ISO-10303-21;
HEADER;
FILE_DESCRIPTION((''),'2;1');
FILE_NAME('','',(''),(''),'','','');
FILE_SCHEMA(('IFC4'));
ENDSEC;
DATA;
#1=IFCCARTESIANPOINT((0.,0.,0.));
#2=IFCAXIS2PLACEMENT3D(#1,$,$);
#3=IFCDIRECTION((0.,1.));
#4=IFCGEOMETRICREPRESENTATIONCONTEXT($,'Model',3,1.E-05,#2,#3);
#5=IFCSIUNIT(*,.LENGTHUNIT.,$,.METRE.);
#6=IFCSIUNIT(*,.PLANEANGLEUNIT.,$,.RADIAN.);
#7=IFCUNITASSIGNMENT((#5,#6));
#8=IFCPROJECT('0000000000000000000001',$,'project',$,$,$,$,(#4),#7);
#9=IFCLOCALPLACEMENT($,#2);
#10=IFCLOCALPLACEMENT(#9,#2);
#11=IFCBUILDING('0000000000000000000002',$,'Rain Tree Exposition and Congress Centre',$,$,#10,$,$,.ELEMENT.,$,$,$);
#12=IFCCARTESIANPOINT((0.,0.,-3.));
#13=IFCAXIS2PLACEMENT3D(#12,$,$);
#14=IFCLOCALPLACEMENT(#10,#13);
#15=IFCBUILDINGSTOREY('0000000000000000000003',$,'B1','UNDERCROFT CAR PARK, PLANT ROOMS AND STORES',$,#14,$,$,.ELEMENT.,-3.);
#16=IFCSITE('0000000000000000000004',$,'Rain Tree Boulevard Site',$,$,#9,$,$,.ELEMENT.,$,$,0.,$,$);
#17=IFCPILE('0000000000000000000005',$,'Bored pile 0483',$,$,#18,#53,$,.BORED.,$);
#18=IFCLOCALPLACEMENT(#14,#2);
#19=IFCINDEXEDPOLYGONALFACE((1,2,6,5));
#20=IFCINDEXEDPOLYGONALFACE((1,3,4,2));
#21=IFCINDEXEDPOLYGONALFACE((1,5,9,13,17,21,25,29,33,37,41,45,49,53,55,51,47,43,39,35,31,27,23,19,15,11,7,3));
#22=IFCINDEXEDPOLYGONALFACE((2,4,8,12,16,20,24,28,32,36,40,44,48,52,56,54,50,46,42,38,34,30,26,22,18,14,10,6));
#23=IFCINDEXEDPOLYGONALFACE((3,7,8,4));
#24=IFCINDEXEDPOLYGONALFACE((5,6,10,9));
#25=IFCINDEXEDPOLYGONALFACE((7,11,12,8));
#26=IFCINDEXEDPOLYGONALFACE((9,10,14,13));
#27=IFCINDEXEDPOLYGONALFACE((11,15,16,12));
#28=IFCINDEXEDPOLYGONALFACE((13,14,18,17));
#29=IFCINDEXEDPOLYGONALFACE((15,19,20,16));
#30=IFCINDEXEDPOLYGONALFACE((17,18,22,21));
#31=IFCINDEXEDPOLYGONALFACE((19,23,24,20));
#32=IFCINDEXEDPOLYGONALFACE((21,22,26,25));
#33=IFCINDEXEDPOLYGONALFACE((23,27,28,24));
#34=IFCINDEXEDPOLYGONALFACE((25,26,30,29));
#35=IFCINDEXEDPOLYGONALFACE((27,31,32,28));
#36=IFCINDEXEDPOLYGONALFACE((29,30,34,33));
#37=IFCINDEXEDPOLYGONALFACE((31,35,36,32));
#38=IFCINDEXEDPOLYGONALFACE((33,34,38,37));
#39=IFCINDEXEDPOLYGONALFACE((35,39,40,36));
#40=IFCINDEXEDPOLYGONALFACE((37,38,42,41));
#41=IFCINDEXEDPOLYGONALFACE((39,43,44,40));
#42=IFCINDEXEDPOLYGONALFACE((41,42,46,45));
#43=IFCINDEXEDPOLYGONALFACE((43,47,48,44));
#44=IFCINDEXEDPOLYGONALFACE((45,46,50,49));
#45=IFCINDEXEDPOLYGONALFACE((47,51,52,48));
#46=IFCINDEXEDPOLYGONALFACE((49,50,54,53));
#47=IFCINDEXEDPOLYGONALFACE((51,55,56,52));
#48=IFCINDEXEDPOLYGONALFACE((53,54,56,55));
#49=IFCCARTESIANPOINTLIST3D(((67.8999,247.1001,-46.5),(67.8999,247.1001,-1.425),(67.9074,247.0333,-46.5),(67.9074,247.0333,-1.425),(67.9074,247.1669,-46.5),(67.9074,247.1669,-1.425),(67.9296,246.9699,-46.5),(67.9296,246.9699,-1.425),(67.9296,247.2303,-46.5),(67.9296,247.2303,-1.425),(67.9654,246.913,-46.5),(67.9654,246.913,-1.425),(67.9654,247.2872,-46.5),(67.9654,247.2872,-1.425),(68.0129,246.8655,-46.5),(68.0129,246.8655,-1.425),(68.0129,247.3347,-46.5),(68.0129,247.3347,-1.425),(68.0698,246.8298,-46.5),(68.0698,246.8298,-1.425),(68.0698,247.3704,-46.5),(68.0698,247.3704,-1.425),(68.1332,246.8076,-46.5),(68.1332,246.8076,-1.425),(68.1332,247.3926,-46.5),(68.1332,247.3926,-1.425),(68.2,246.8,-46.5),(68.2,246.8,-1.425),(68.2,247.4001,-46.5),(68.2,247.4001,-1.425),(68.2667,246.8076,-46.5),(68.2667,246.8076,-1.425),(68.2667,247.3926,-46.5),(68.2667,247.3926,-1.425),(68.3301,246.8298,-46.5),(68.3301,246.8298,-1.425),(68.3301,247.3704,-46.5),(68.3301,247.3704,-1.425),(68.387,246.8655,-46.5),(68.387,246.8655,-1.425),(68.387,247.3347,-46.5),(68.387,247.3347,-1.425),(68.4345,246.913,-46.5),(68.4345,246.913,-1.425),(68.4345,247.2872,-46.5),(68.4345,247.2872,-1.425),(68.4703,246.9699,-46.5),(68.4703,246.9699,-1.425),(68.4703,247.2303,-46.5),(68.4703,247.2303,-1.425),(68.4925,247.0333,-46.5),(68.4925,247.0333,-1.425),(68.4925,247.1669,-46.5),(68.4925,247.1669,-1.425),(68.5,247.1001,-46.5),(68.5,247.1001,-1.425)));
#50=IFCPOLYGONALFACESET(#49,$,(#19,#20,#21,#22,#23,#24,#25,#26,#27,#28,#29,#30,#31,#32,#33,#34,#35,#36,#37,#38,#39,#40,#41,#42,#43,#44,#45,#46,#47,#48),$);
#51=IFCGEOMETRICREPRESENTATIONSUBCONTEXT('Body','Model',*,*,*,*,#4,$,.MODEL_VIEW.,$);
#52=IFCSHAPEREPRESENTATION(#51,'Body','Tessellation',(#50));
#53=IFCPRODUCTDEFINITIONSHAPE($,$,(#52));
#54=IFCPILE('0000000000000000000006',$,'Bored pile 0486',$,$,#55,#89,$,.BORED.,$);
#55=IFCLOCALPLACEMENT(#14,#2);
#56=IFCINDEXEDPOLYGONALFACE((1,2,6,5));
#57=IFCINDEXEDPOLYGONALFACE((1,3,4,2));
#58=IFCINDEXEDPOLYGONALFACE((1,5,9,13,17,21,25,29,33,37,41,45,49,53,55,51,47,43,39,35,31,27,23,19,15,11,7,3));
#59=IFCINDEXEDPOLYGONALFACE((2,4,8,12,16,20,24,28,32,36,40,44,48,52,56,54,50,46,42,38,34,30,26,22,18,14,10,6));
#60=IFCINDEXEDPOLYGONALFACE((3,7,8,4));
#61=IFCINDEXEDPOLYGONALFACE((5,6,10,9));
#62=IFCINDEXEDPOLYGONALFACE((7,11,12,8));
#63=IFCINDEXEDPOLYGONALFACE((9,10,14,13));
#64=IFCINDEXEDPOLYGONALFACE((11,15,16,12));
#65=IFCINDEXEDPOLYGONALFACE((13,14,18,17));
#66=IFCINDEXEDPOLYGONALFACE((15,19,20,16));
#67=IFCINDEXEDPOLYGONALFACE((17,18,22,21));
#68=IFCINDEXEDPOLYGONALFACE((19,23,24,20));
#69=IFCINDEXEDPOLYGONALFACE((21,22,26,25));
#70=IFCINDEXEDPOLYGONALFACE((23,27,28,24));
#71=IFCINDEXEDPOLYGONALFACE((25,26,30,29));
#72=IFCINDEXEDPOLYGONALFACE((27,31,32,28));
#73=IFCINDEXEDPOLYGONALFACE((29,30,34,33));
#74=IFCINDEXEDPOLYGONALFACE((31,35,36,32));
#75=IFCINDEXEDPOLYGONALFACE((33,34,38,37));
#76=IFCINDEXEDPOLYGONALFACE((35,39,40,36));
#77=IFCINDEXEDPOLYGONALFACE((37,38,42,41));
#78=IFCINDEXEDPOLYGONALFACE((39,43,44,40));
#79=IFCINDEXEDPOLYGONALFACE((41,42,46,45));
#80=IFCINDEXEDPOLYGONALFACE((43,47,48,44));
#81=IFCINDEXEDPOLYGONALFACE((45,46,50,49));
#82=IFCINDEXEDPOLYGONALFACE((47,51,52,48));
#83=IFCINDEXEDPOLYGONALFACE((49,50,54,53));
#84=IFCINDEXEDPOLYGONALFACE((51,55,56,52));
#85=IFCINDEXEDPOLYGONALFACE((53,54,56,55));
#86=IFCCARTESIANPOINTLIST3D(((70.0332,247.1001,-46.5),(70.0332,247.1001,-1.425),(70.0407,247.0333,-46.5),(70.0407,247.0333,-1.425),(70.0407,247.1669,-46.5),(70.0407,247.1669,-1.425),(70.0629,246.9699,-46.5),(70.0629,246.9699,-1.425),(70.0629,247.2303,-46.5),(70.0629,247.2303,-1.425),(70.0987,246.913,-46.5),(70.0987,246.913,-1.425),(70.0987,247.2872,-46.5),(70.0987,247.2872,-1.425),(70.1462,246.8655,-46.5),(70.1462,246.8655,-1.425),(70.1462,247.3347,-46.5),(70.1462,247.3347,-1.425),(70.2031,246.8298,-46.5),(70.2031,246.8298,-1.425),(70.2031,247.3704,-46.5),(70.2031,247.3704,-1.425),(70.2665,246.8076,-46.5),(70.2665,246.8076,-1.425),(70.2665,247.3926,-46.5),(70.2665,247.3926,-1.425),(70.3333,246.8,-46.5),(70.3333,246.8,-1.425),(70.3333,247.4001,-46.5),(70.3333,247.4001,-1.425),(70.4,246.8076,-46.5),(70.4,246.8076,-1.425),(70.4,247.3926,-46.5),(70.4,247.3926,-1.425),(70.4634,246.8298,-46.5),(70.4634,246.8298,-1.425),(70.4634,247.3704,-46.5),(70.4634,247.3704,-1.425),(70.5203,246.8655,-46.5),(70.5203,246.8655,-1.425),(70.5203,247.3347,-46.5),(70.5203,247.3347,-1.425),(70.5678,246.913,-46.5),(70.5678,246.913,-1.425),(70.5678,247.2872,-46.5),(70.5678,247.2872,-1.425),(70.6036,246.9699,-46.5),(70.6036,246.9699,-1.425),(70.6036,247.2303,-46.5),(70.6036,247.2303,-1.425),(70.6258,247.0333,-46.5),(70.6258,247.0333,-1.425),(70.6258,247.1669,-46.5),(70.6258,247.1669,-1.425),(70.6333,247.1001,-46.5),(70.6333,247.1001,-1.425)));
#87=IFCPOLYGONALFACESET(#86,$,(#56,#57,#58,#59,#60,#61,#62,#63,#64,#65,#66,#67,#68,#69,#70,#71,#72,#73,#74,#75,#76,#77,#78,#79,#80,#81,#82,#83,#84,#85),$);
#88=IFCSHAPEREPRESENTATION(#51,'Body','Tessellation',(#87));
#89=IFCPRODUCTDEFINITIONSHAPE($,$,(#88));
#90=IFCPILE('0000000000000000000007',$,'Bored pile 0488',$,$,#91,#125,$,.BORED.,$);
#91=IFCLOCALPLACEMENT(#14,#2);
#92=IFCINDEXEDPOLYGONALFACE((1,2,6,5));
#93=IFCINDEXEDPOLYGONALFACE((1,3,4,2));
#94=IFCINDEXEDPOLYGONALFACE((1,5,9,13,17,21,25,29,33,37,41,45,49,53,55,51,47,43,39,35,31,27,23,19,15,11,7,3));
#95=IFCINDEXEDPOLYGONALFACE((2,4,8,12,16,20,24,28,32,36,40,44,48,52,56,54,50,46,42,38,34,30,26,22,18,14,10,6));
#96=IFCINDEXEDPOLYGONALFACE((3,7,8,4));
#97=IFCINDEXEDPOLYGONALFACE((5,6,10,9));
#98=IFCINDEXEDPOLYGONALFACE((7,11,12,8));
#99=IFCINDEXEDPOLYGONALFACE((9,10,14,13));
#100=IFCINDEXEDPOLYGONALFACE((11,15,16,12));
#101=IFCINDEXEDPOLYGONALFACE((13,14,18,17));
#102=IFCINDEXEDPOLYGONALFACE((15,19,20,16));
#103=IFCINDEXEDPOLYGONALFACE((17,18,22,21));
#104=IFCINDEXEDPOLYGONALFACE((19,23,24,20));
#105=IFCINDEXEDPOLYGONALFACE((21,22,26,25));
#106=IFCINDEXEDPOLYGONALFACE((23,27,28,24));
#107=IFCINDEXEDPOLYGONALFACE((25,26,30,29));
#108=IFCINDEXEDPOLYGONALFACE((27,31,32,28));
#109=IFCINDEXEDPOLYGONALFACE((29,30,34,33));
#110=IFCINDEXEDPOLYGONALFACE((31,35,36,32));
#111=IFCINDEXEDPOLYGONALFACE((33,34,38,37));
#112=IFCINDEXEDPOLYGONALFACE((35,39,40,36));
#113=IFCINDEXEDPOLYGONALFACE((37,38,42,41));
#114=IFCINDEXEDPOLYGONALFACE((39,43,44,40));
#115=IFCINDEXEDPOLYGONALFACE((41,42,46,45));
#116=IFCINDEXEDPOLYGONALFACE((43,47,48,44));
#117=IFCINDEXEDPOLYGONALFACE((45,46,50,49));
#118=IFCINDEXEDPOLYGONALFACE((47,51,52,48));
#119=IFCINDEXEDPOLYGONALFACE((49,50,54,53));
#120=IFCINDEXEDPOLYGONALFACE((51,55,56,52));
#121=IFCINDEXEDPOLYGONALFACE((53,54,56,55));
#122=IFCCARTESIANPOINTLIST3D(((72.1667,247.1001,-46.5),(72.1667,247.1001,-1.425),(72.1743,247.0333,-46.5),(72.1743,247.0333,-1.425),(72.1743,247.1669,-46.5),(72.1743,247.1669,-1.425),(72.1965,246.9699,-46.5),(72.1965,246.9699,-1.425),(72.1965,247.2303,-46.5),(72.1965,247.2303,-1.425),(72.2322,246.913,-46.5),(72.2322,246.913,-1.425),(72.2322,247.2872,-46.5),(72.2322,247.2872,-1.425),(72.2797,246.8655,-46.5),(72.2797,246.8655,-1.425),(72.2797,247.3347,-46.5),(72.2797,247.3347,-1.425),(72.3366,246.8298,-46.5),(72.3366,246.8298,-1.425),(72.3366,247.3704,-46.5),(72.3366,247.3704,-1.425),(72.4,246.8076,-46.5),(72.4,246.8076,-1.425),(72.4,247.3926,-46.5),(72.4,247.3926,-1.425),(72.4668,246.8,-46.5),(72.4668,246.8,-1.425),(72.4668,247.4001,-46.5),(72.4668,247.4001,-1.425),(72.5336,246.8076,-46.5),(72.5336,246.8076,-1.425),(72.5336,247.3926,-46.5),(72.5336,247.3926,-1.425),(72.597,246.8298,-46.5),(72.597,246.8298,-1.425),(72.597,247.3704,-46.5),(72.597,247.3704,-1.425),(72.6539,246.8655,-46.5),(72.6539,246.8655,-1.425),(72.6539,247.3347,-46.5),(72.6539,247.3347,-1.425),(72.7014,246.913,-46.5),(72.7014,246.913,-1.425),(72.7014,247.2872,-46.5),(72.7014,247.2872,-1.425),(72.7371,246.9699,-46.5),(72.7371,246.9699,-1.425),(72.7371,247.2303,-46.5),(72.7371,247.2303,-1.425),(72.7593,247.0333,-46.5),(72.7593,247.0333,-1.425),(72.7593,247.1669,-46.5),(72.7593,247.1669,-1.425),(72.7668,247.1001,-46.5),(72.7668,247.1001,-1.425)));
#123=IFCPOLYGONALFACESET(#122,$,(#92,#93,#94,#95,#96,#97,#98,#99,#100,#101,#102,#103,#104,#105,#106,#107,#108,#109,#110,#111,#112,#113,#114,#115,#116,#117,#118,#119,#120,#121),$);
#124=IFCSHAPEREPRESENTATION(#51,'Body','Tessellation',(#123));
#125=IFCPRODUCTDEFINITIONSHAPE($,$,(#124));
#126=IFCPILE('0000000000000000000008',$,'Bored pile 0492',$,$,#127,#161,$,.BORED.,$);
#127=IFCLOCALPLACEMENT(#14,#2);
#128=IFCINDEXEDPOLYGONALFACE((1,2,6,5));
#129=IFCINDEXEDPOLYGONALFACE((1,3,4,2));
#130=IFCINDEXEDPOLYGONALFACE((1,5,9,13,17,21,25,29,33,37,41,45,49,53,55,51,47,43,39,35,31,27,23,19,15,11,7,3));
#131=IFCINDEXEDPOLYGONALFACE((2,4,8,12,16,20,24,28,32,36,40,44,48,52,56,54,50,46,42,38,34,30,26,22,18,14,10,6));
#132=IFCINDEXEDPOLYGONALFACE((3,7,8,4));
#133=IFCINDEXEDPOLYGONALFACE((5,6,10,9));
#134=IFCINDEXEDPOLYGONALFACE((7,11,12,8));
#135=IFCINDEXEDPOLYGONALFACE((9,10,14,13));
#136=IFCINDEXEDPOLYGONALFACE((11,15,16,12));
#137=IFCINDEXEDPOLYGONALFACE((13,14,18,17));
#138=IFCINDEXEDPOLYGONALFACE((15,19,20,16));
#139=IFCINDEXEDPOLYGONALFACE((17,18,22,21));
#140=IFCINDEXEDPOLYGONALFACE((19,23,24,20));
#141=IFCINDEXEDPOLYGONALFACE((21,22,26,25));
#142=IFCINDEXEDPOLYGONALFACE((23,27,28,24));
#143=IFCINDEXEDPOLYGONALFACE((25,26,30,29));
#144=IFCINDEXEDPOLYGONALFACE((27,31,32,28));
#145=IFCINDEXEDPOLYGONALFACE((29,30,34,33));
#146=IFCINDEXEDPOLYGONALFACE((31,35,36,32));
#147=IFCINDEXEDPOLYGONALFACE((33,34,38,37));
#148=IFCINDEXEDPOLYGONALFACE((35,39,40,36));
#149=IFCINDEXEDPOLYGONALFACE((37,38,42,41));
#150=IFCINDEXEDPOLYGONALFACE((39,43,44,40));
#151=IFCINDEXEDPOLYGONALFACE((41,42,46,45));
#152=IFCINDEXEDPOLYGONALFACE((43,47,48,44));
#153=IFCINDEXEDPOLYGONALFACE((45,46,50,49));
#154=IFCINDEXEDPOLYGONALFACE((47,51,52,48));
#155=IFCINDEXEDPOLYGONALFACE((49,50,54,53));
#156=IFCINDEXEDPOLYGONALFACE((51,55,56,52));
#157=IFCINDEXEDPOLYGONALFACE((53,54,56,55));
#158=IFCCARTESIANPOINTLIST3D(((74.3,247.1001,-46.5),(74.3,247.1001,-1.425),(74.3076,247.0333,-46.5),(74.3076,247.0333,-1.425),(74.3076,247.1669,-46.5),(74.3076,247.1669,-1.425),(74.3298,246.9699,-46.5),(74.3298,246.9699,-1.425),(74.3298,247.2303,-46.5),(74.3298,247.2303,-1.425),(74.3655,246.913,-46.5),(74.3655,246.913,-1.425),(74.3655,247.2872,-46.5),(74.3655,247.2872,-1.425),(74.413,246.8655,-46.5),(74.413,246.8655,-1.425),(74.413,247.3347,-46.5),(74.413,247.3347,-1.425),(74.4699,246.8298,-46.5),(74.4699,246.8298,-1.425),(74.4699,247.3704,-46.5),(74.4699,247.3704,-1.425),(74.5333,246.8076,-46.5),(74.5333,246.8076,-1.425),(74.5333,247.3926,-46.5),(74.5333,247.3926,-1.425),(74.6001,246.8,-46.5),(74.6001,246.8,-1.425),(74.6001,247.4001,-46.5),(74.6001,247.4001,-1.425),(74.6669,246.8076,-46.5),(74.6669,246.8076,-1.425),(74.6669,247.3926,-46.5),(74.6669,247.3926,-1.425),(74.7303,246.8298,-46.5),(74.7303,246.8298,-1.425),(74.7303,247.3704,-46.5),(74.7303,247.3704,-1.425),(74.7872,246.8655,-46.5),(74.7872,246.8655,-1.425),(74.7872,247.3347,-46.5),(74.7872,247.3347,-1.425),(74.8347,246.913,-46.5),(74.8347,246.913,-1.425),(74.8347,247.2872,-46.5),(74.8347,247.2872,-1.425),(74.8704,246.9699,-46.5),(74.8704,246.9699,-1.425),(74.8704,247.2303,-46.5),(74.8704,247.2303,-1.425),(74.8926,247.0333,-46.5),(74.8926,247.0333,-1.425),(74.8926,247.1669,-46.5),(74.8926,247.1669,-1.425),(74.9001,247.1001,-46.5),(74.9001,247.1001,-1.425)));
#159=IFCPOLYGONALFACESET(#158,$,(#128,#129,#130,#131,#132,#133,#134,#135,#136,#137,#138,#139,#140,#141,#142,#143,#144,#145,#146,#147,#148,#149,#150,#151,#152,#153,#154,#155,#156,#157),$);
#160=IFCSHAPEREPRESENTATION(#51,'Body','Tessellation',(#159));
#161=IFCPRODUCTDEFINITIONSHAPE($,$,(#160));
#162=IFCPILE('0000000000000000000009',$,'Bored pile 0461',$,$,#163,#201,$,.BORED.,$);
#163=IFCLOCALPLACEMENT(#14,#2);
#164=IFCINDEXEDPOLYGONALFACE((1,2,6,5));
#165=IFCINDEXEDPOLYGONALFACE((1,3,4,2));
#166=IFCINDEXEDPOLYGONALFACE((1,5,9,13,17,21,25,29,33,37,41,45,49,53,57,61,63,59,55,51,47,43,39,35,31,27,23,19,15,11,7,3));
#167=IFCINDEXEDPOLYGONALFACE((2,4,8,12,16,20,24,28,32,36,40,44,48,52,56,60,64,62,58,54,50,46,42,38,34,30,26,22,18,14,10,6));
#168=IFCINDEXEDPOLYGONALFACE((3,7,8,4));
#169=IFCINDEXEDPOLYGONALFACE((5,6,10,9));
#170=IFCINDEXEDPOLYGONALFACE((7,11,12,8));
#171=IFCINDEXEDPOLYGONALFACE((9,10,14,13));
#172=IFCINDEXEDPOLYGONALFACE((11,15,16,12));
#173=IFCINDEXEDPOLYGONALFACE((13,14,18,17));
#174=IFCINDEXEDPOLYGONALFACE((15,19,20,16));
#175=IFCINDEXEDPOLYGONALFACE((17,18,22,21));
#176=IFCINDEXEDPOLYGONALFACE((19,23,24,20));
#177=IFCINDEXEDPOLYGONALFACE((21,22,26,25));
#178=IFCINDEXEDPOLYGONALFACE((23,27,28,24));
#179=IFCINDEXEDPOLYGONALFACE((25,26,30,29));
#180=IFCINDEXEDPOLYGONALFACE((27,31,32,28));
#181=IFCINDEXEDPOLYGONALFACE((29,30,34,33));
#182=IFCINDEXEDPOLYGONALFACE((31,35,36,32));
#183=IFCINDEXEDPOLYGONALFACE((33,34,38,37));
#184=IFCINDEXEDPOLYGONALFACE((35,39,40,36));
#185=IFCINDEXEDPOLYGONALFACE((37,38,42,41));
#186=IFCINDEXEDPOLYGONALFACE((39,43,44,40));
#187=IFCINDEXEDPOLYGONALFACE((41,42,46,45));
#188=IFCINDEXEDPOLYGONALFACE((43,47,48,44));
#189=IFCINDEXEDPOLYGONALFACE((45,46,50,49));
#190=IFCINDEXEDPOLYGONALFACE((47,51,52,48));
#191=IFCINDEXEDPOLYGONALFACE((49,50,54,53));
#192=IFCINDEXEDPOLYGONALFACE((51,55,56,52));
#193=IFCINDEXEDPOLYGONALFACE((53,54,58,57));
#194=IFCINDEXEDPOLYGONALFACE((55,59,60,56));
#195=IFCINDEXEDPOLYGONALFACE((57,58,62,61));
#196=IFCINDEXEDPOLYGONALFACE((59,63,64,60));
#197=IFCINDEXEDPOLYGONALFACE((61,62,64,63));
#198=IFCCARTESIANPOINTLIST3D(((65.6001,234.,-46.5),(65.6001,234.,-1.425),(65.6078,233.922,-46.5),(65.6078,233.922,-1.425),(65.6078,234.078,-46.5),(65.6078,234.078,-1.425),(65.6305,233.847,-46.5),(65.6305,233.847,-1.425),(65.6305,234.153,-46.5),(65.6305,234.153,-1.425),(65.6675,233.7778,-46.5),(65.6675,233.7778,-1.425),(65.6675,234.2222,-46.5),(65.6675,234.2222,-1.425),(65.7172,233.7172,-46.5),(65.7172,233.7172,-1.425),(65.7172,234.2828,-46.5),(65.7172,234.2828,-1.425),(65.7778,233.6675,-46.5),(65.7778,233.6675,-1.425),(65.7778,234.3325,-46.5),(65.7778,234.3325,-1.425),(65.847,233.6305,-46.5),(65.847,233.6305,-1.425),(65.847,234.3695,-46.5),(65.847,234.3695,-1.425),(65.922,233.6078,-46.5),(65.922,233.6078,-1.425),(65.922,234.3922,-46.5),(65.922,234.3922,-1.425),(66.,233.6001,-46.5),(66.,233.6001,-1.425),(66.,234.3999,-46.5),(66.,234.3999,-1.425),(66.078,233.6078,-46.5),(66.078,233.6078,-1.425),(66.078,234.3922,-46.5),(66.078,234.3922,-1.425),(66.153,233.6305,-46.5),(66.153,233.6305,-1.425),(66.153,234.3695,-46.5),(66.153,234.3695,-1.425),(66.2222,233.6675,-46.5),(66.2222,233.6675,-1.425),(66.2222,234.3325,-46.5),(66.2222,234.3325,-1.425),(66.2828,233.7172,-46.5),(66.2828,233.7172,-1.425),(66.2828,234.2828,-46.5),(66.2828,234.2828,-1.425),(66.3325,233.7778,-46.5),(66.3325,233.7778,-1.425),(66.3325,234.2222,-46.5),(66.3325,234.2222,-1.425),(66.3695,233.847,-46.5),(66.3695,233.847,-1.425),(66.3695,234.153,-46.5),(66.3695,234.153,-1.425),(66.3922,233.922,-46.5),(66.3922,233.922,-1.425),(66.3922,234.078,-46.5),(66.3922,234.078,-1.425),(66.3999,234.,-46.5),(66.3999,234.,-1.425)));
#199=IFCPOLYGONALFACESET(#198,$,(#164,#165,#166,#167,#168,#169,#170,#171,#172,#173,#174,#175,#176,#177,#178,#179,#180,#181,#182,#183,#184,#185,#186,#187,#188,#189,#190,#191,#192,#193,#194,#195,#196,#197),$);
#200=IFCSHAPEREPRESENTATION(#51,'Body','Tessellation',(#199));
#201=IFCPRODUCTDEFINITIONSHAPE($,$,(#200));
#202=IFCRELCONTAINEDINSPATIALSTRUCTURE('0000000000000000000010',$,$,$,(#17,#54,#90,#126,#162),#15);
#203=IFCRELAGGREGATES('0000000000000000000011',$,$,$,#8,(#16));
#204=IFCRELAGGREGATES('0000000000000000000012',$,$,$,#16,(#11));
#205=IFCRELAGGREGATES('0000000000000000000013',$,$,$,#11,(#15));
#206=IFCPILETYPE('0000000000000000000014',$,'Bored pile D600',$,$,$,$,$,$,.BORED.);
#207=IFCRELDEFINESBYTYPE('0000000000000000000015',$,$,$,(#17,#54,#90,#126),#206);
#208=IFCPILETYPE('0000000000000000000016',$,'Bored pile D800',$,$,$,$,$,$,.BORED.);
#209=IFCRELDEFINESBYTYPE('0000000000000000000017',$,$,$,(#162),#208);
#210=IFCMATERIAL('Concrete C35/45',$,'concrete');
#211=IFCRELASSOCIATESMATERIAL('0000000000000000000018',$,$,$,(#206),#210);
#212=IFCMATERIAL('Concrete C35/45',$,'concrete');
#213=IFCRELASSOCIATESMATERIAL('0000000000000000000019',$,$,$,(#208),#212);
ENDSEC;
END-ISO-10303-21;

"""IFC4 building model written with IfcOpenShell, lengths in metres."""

from ifc_helpers import new_model, si_unit, direction, frame, origin, origin_2d, place, context, subcontext, project, spatial, circle, extrude, material, material_profile, profile_set, type_object, element, save


model = new_model("IFC4")

# Units and contexts
model_context = context("Model", 3, precision=1e-05, world=origin(), true_north=direction((0.0, 1.0)))
body_context = subcontext(model_context, "Body", "Model", "MODEL_VIEW")
ifc_project = project(units=[si_unit("LENGTHUNIT", "METRE"), si_unit("PLANEANGLEUNIT", "RADIAN")], contexts=[model_context])

# Site, building, storey
site_placement = place(None, origin())
site = spatial("IfcSite", under=ifc_project, at=site_placement, Name="Rain Tree Boulevard Site", CompositionType="ELEMENT", RefElevation=0.0)
building_placement = place(site_placement, origin())
building = spatial("IfcBuilding", under=site, at=building_placement, Name="Rain Tree Exposition and Congress Centre", CompositionType="ELEMENT")
storey_placement = place(building_placement, frame((0.0, 0.0, -3.0)))
storey = spatial("IfcBuildingStorey", under=building, at=storey_placement, Name="B1", Description="UNDERCROFT CAR PARK, PLANT ROOMS AND STORES", CompositionType="ELEMENT", Elevation=-3.0)

# Piles
ifc_material_1 = material(Name="Concrete C35/45", Category="concrete")
ifc_material_profile_1 = material_profile(ifc_material_1, circle(Radius=0.3, at=origin_2d()), Name="D600")
ifc_profile_set_1 = profile_set([ifc_material_profile_1], Name="Concrete C35/45")
pile_type_1 = type_object("IfcPileType", Name="Bored pile D600", PredefinedType="BORED", material=ifc_profile_set_1)
for number, where, z_axis, x_axis, name in (
    (1, (68.2, 247.1001, -1.425), (0.0, 0.0, -1.0), (1.0, 0.0, 0.0), "Bored pile 0483"),
    (2, (70.3333, 247.1001, -1.425), (0.0, 0.0, -1.0), (1.0, 0.0, 0.0), "Bored pile 0486"),
    (3, (72.4668, 247.1001, -1.425), (0.0, 0.0, -1.0), (1.0, 0.0, 0.0), "Bored pile 0488"),
    (4, (74.6001, 247.1001, -1.425), (0.0, 0.0, -1.0), (1.0, 0.0, 0.0), "Bored pile 0492"),
):
    element("IfcPile", number, at=place(storey_placement, frame(where, z_axis=z_axis, x_axis=x_axis)), inside=storey, type_object=pile_type_1, Name=name, PredefinedType="BORED", context=body_context, shape_type="SweptSolid", body=[
        extrude(circle(Radius=0.3, at=origin_2d()), origin(), (0.0, 0.0, 1.0), 45.075),
    ])
ifc_material_2 = material(Name="Concrete C35/45", Category="concrete")
ifc_material_profile_2 = material_profile(ifc_material_2, circle(Radius=0.3999, at=origin_2d()), Name="D800")
ifc_profile_set_2 = profile_set([ifc_material_profile_2], Name="Concrete C35/45")
pile_type_2 = type_object("IfcPileType", Name="Bored pile D800", PredefinedType="BORED", material=ifc_profile_set_2)
for number, where, z_axis, x_axis, name in (
    (5, (66.0, 234.0, -1.425), (0.0, 0.0, -1.0), (1.0, 0.0, 0.0), "Bored pile 0461"),
):
    element("IfcPile", number, at=place(storey_placement, frame(where, z_axis=z_axis, x_axis=x_axis)), inside=storey, type_object=pile_type_2, Name=name, PredefinedType="BORED", context=body_context, shape_type="SweptSolid", body=[
        extrude(circle(Radius=0.3999, at=origin_2d()), origin(), (0.0, 0.0, 1.0), 45.075),
    ])

save(model, "model.ifc")
